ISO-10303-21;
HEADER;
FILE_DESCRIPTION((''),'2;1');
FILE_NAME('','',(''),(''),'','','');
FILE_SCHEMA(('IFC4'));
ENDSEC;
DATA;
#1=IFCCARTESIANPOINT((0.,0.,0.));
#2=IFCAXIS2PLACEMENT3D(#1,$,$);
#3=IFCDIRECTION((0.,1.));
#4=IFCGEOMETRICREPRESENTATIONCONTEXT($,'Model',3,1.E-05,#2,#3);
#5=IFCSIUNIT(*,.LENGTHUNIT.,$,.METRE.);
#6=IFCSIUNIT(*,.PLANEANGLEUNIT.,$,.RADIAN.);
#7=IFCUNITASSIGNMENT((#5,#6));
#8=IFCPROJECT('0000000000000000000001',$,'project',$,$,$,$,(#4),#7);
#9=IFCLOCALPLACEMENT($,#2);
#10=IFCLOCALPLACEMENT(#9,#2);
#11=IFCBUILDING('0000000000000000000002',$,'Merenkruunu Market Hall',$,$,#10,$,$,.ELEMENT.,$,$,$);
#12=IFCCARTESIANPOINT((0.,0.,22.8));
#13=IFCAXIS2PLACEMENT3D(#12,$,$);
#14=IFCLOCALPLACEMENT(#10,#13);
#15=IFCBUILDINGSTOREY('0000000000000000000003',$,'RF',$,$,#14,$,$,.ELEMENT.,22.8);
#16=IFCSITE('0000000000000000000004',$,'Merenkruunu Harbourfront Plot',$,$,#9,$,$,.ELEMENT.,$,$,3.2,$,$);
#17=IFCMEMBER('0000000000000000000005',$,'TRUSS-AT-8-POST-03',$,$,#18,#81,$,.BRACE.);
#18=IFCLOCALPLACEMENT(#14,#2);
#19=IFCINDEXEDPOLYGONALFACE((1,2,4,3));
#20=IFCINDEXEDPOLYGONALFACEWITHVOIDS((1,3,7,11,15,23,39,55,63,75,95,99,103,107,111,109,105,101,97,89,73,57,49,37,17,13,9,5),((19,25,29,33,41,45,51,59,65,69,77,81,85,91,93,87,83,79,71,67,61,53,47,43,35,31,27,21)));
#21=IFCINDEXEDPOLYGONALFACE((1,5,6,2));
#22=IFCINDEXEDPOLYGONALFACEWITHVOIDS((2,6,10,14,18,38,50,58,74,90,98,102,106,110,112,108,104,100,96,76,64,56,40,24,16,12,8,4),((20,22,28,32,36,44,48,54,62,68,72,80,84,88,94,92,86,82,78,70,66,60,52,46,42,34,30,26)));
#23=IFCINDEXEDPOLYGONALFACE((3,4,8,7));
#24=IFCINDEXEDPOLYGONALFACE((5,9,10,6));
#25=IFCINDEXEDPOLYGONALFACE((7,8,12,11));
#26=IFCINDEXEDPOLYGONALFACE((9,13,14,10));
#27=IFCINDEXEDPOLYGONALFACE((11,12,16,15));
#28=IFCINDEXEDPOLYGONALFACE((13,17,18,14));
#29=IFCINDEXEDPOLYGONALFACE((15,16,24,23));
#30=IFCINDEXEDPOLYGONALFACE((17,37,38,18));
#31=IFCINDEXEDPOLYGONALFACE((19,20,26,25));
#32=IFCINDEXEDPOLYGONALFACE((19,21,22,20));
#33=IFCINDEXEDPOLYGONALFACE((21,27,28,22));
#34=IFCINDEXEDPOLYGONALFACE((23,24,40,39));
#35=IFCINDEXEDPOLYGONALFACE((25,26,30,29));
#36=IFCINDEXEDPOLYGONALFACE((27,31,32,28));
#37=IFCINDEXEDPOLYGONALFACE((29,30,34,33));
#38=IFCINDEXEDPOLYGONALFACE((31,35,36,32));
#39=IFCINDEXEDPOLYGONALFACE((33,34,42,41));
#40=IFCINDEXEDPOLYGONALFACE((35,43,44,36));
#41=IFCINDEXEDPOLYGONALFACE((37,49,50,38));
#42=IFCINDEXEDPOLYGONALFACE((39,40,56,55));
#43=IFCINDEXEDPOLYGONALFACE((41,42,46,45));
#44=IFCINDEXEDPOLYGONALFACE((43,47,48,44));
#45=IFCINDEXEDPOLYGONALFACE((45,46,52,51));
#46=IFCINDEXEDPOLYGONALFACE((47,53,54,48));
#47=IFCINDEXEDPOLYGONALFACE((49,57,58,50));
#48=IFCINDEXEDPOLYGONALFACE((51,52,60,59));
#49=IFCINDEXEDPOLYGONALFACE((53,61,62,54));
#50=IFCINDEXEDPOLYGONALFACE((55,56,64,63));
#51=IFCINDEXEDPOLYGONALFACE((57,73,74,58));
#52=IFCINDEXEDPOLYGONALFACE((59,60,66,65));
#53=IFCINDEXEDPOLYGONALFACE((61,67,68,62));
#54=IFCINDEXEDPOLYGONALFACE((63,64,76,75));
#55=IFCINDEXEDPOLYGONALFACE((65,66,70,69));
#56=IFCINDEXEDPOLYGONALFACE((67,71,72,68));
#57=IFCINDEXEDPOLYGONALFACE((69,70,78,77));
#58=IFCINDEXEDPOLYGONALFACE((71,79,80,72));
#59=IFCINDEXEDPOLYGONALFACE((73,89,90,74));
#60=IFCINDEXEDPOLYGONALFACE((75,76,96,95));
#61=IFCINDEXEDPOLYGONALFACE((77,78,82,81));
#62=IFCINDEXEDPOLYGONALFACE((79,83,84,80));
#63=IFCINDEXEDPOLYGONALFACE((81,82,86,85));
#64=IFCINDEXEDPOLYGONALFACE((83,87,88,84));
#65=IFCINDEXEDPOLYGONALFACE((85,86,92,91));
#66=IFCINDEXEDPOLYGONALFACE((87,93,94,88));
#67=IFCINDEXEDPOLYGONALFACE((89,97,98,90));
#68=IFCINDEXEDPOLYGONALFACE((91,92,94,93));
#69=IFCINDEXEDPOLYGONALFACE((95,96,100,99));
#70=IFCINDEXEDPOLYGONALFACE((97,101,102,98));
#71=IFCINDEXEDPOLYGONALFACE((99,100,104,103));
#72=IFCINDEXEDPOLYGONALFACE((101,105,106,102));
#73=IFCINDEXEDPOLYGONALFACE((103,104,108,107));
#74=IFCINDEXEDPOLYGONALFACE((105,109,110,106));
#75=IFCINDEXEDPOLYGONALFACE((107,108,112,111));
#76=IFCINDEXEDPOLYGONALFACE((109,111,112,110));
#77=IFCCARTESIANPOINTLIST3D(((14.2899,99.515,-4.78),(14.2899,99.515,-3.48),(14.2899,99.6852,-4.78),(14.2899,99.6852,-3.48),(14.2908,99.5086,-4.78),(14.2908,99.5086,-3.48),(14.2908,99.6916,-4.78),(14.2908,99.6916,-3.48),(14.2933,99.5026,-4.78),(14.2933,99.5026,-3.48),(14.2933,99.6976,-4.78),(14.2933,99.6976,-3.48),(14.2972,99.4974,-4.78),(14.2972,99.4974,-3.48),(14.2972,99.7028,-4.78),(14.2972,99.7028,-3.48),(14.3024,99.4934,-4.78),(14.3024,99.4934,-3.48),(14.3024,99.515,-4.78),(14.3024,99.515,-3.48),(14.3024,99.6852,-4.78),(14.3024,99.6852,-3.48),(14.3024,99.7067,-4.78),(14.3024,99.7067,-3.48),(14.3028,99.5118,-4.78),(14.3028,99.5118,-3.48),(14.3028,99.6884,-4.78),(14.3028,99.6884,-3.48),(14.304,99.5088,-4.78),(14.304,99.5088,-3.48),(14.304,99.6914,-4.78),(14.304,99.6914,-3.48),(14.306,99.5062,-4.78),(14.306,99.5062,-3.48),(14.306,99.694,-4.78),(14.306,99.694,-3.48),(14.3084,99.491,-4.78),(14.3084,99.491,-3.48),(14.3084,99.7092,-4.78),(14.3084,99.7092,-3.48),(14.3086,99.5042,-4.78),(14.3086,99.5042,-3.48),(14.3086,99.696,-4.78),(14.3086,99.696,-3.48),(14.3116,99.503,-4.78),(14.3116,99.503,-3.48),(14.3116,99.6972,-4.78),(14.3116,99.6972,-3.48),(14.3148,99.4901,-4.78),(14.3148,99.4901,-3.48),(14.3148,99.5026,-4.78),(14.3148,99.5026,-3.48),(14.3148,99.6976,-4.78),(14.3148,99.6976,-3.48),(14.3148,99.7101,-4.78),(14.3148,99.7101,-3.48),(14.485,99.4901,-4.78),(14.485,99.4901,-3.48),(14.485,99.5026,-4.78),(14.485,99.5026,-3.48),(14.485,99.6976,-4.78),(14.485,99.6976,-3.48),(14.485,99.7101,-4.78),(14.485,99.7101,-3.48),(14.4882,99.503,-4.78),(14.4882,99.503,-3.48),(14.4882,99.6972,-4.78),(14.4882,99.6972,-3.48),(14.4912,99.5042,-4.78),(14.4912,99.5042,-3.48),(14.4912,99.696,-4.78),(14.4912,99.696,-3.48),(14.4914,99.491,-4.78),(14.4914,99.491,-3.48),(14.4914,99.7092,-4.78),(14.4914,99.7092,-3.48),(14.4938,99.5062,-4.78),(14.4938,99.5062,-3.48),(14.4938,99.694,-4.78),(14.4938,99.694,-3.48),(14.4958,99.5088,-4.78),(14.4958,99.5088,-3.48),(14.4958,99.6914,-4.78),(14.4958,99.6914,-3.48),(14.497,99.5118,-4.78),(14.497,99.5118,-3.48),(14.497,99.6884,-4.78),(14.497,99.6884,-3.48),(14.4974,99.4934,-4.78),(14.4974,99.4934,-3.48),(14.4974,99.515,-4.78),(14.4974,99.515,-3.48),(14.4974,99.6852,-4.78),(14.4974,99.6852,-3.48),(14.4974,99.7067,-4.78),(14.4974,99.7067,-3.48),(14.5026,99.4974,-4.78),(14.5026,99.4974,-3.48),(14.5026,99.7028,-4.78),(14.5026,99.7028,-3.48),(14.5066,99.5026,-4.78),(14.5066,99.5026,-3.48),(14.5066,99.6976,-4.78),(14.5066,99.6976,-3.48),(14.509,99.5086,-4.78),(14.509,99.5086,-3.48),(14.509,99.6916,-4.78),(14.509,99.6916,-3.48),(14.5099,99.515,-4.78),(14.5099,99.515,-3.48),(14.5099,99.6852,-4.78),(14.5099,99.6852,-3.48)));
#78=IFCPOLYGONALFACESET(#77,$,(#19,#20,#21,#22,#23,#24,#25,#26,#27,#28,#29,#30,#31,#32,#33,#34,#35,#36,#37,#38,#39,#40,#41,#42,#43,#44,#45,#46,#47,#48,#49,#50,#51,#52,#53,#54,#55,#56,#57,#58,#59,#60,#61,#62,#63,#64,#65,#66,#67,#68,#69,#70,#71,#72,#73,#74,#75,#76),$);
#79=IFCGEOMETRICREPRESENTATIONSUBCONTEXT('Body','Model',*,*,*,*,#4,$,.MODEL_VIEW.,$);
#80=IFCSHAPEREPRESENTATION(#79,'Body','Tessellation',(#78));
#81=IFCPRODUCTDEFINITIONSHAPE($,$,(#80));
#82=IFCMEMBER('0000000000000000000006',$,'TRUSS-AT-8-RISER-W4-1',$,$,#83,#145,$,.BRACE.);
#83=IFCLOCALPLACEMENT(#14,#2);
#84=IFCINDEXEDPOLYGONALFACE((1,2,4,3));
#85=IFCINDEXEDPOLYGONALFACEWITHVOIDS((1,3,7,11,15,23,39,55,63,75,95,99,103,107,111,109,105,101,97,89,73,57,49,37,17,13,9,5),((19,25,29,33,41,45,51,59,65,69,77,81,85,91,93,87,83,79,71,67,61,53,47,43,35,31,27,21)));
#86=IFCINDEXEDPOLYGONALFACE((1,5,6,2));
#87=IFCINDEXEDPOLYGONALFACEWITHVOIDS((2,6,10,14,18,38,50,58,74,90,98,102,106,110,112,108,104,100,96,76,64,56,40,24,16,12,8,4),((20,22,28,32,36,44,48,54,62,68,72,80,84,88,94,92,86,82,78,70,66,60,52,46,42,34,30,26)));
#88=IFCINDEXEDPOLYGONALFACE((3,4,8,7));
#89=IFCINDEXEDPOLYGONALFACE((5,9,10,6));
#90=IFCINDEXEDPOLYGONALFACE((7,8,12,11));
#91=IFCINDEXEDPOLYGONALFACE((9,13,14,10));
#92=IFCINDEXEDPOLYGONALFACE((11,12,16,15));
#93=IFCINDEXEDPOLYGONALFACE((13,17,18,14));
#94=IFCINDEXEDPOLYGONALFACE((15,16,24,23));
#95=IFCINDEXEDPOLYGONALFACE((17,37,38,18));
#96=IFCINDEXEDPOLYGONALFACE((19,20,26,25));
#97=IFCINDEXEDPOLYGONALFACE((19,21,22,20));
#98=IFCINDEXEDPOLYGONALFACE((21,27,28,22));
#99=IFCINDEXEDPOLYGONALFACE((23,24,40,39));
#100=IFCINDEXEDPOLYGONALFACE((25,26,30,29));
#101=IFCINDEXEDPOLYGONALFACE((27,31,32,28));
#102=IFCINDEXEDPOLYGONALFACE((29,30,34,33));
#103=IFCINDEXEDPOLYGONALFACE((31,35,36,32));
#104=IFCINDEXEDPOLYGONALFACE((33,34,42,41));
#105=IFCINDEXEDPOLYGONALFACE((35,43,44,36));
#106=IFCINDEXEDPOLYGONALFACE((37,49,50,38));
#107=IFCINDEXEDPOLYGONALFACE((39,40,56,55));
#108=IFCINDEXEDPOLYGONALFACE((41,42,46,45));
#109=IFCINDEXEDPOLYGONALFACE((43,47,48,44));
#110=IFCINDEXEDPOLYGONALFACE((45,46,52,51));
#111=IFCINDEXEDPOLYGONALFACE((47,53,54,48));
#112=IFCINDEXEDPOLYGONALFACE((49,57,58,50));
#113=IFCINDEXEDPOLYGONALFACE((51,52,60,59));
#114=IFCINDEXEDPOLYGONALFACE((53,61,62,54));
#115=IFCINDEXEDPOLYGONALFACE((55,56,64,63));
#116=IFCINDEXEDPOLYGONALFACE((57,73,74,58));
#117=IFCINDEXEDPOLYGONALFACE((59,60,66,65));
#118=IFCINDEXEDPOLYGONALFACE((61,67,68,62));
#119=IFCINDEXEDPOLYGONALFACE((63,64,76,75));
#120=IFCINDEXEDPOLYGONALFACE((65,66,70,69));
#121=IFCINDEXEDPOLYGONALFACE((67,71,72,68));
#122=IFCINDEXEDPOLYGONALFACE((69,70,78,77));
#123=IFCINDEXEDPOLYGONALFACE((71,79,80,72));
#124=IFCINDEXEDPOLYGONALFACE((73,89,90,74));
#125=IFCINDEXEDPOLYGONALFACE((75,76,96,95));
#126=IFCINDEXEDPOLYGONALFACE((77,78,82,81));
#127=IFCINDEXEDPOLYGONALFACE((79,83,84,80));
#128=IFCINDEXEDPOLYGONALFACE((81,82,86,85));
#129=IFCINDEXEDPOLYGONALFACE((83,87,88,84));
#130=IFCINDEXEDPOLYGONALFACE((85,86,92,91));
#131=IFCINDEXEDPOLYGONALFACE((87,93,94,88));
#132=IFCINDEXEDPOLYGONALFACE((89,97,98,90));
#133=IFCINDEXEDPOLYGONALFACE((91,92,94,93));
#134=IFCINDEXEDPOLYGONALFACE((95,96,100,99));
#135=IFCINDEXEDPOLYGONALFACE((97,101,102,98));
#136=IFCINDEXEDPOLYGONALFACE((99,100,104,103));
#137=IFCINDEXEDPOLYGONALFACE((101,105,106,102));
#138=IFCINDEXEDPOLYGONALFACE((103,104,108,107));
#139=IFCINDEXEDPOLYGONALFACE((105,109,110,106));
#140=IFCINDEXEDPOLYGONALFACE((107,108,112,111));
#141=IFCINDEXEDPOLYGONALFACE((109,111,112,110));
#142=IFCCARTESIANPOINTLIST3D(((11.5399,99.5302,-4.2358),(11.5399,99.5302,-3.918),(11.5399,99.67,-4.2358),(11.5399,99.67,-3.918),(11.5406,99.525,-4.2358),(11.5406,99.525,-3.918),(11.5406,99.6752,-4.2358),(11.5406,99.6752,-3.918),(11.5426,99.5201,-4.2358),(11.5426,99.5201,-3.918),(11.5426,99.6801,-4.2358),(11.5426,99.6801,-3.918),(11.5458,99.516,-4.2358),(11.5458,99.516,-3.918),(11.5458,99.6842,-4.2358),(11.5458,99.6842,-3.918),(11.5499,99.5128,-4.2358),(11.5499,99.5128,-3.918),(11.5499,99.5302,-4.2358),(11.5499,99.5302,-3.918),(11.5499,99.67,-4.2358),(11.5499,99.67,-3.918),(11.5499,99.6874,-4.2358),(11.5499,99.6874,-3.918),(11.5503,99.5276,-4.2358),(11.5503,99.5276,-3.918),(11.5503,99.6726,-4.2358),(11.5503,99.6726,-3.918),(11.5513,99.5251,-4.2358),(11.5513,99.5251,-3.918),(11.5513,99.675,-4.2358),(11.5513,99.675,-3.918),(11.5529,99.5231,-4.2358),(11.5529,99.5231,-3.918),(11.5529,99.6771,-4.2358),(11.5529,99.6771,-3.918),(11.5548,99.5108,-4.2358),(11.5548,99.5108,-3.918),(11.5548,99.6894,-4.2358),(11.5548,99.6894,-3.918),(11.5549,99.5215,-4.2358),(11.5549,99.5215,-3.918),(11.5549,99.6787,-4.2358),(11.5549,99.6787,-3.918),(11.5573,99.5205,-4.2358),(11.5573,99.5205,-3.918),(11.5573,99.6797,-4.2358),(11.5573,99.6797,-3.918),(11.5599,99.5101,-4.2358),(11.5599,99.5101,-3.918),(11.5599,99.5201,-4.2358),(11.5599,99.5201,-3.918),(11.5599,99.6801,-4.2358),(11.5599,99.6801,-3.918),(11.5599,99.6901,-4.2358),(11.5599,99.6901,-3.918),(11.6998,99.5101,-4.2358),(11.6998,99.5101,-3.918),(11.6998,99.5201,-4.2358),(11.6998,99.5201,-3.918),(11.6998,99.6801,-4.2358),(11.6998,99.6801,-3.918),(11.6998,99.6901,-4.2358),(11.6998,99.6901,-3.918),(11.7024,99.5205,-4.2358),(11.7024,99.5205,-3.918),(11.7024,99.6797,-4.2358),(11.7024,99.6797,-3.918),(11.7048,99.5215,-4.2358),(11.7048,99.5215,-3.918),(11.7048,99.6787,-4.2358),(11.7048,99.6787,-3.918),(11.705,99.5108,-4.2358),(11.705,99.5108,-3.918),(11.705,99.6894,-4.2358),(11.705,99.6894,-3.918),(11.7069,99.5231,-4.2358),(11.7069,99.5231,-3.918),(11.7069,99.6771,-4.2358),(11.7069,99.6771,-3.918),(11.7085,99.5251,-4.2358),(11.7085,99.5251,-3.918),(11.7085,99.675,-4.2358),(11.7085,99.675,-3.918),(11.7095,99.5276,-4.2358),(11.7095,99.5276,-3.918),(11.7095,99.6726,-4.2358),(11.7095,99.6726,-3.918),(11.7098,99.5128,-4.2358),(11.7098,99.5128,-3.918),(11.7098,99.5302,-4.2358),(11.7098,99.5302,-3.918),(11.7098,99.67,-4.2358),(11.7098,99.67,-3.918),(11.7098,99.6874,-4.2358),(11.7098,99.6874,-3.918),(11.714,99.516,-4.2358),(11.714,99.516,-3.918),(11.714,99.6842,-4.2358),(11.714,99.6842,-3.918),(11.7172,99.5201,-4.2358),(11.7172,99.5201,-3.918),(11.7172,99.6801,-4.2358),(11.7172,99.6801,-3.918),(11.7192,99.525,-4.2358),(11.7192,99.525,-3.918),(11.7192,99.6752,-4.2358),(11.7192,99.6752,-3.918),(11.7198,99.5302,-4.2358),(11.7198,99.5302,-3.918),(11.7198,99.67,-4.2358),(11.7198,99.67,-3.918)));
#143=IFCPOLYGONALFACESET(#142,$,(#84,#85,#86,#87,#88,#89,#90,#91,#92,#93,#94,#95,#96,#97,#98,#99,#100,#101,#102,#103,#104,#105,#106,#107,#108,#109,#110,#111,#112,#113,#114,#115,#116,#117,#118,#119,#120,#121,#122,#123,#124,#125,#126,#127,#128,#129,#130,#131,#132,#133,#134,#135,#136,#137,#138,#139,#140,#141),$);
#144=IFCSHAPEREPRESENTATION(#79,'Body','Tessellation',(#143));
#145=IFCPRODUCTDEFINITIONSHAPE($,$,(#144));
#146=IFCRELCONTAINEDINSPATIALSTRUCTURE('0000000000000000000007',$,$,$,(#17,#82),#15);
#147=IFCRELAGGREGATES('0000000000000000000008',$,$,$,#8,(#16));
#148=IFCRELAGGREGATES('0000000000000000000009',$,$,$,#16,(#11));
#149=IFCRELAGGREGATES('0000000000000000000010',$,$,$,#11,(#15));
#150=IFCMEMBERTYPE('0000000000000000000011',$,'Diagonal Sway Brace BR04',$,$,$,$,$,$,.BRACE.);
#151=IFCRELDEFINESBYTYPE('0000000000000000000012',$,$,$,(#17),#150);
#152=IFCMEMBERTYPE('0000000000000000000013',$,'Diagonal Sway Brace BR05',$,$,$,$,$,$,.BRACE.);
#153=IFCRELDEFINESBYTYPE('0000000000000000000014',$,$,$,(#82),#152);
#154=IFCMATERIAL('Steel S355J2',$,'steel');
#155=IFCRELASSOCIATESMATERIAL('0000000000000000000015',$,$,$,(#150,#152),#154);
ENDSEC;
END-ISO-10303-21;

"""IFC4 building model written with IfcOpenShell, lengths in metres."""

from ifc_helpers import new_model, si_unit, direction, frame, origin, origin_2d, place, context, subcontext, project, spatial, hollow_rectangle, extrude, material, material_profile, profile_set, type_object, element, save


model = new_model("IFC4")

# Units and contexts
model_context = context("Model", 3, precision=1e-05, world=origin(), true_north=direction((0.0, 1.0)))
body_context = subcontext(model_context, "Body", "Model", "MODEL_VIEW")
ifc_project = project(units=[si_unit("LENGTHUNIT", "METRE"), si_unit("PLANEANGLEUNIT", "RADIAN")], contexts=[model_context])

# Site, building, storey
site_placement = place(None, origin())
site = spatial("IfcSite", under=ifc_project, at=site_placement, Name="Merenkruunu Harbourfront Plot", CompositionType="ELEMENT", RefElevation=3.2)
building_placement = place(site_placement, origin())
building = spatial("IfcBuilding", under=site, at=building_placement, Name="Merenkruunu Market Hall", CompositionType="ELEMENT")
storey_placement = place(building_placement, frame((0.0, 0.0, 22.8)))
storey = spatial("IfcBuildingStorey", under=building, at=storey_placement, Name="RF", CompositionType="ELEMENT", Elevation=22.8)

# Members
ifc_material_1 = material(Name="Steel S355J2", Category="steel")
ifc_material_profile_1 = material_profile(ifc_material_1, hollow_rectangle(XDim=0.22, YDim=0.22, WallThickness=0.0125, InnerFilletRadius=0.0125, OuterFilletRadius=0.0249, at=origin_2d()), Name="SHS 220x220x12.5")
ifc_profile_set_1 = profile_set([ifc_material_profile_1], Name="Steel S355J2")
member_type_1 = type_object("IfcMemberType", Name="Diagonal Sway Brace BR04", PredefinedType="BRACE", material=ifc_profile_set_1)
for number, where, z_axis, x_axis, name in (
    (1, (14.3999, 99.6001, -4.78), (0.0, 0.0, 1.0), (1.0, 0.0, 0.0), "TRUSS-AT-8-POST-03"),
):
    element("IfcMember", number, at=place(storey_placement, frame(where, z_axis=z_axis, x_axis=x_axis)), inside=storey, type_object=member_type_1, Name=name, PredefinedType="BRACE", context=body_context, shape_type="SweptSolid", body=[
        extrude(hollow_rectangle(XDim=0.22, YDim=0.22, WallThickness=0.0125, InnerFilletRadius=0.0125, OuterFilletRadius=0.0249, at=origin_2d()), origin(), (0.0, 0.0, 1.0), 1.3),
    ])
ifc_material_profile_2 = material_profile(ifc_material_1, hollow_rectangle(XDim=0.1799, YDim=0.1799, WallThickness=0.01, InnerFilletRadius=0.01, OuterFilletRadius=0.02, at=origin_2d()), Name="SHS 180x180x10")
ifc_profile_set_2 = profile_set([ifc_material_profile_2], Name="Steel S355J2")
member_type_2 = type_object("IfcMemberType", Name="Diagonal Sway Brace BR05", PredefinedType="BRACE", material=ifc_profile_set_2)
member_1_placement = place(storey_placement, frame((11.6299, 99.6001, -4.2358), z_axis=(0.0, 0.0, 1.0), x_axis=(1.0, 0.0, 0.0)))
element("IfcMember", 2, at=member_1_placement, inside=storey, type_object=member_type_2, Name="TRUSS-AT-8-RISER-W4-1", PredefinedType="BRACE", context=body_context, shape_type="SweptSolid", body=[
    extrude(hollow_rectangle(XDim=0.1799, YDim=0.1799, WallThickness=0.01, InnerFilletRadius=0.01, OuterFilletRadius=0.02, at=origin_2d()), origin(), (0.0, 0.0, 1.0), 0.3179),
])

save(model, "model.ifc")
